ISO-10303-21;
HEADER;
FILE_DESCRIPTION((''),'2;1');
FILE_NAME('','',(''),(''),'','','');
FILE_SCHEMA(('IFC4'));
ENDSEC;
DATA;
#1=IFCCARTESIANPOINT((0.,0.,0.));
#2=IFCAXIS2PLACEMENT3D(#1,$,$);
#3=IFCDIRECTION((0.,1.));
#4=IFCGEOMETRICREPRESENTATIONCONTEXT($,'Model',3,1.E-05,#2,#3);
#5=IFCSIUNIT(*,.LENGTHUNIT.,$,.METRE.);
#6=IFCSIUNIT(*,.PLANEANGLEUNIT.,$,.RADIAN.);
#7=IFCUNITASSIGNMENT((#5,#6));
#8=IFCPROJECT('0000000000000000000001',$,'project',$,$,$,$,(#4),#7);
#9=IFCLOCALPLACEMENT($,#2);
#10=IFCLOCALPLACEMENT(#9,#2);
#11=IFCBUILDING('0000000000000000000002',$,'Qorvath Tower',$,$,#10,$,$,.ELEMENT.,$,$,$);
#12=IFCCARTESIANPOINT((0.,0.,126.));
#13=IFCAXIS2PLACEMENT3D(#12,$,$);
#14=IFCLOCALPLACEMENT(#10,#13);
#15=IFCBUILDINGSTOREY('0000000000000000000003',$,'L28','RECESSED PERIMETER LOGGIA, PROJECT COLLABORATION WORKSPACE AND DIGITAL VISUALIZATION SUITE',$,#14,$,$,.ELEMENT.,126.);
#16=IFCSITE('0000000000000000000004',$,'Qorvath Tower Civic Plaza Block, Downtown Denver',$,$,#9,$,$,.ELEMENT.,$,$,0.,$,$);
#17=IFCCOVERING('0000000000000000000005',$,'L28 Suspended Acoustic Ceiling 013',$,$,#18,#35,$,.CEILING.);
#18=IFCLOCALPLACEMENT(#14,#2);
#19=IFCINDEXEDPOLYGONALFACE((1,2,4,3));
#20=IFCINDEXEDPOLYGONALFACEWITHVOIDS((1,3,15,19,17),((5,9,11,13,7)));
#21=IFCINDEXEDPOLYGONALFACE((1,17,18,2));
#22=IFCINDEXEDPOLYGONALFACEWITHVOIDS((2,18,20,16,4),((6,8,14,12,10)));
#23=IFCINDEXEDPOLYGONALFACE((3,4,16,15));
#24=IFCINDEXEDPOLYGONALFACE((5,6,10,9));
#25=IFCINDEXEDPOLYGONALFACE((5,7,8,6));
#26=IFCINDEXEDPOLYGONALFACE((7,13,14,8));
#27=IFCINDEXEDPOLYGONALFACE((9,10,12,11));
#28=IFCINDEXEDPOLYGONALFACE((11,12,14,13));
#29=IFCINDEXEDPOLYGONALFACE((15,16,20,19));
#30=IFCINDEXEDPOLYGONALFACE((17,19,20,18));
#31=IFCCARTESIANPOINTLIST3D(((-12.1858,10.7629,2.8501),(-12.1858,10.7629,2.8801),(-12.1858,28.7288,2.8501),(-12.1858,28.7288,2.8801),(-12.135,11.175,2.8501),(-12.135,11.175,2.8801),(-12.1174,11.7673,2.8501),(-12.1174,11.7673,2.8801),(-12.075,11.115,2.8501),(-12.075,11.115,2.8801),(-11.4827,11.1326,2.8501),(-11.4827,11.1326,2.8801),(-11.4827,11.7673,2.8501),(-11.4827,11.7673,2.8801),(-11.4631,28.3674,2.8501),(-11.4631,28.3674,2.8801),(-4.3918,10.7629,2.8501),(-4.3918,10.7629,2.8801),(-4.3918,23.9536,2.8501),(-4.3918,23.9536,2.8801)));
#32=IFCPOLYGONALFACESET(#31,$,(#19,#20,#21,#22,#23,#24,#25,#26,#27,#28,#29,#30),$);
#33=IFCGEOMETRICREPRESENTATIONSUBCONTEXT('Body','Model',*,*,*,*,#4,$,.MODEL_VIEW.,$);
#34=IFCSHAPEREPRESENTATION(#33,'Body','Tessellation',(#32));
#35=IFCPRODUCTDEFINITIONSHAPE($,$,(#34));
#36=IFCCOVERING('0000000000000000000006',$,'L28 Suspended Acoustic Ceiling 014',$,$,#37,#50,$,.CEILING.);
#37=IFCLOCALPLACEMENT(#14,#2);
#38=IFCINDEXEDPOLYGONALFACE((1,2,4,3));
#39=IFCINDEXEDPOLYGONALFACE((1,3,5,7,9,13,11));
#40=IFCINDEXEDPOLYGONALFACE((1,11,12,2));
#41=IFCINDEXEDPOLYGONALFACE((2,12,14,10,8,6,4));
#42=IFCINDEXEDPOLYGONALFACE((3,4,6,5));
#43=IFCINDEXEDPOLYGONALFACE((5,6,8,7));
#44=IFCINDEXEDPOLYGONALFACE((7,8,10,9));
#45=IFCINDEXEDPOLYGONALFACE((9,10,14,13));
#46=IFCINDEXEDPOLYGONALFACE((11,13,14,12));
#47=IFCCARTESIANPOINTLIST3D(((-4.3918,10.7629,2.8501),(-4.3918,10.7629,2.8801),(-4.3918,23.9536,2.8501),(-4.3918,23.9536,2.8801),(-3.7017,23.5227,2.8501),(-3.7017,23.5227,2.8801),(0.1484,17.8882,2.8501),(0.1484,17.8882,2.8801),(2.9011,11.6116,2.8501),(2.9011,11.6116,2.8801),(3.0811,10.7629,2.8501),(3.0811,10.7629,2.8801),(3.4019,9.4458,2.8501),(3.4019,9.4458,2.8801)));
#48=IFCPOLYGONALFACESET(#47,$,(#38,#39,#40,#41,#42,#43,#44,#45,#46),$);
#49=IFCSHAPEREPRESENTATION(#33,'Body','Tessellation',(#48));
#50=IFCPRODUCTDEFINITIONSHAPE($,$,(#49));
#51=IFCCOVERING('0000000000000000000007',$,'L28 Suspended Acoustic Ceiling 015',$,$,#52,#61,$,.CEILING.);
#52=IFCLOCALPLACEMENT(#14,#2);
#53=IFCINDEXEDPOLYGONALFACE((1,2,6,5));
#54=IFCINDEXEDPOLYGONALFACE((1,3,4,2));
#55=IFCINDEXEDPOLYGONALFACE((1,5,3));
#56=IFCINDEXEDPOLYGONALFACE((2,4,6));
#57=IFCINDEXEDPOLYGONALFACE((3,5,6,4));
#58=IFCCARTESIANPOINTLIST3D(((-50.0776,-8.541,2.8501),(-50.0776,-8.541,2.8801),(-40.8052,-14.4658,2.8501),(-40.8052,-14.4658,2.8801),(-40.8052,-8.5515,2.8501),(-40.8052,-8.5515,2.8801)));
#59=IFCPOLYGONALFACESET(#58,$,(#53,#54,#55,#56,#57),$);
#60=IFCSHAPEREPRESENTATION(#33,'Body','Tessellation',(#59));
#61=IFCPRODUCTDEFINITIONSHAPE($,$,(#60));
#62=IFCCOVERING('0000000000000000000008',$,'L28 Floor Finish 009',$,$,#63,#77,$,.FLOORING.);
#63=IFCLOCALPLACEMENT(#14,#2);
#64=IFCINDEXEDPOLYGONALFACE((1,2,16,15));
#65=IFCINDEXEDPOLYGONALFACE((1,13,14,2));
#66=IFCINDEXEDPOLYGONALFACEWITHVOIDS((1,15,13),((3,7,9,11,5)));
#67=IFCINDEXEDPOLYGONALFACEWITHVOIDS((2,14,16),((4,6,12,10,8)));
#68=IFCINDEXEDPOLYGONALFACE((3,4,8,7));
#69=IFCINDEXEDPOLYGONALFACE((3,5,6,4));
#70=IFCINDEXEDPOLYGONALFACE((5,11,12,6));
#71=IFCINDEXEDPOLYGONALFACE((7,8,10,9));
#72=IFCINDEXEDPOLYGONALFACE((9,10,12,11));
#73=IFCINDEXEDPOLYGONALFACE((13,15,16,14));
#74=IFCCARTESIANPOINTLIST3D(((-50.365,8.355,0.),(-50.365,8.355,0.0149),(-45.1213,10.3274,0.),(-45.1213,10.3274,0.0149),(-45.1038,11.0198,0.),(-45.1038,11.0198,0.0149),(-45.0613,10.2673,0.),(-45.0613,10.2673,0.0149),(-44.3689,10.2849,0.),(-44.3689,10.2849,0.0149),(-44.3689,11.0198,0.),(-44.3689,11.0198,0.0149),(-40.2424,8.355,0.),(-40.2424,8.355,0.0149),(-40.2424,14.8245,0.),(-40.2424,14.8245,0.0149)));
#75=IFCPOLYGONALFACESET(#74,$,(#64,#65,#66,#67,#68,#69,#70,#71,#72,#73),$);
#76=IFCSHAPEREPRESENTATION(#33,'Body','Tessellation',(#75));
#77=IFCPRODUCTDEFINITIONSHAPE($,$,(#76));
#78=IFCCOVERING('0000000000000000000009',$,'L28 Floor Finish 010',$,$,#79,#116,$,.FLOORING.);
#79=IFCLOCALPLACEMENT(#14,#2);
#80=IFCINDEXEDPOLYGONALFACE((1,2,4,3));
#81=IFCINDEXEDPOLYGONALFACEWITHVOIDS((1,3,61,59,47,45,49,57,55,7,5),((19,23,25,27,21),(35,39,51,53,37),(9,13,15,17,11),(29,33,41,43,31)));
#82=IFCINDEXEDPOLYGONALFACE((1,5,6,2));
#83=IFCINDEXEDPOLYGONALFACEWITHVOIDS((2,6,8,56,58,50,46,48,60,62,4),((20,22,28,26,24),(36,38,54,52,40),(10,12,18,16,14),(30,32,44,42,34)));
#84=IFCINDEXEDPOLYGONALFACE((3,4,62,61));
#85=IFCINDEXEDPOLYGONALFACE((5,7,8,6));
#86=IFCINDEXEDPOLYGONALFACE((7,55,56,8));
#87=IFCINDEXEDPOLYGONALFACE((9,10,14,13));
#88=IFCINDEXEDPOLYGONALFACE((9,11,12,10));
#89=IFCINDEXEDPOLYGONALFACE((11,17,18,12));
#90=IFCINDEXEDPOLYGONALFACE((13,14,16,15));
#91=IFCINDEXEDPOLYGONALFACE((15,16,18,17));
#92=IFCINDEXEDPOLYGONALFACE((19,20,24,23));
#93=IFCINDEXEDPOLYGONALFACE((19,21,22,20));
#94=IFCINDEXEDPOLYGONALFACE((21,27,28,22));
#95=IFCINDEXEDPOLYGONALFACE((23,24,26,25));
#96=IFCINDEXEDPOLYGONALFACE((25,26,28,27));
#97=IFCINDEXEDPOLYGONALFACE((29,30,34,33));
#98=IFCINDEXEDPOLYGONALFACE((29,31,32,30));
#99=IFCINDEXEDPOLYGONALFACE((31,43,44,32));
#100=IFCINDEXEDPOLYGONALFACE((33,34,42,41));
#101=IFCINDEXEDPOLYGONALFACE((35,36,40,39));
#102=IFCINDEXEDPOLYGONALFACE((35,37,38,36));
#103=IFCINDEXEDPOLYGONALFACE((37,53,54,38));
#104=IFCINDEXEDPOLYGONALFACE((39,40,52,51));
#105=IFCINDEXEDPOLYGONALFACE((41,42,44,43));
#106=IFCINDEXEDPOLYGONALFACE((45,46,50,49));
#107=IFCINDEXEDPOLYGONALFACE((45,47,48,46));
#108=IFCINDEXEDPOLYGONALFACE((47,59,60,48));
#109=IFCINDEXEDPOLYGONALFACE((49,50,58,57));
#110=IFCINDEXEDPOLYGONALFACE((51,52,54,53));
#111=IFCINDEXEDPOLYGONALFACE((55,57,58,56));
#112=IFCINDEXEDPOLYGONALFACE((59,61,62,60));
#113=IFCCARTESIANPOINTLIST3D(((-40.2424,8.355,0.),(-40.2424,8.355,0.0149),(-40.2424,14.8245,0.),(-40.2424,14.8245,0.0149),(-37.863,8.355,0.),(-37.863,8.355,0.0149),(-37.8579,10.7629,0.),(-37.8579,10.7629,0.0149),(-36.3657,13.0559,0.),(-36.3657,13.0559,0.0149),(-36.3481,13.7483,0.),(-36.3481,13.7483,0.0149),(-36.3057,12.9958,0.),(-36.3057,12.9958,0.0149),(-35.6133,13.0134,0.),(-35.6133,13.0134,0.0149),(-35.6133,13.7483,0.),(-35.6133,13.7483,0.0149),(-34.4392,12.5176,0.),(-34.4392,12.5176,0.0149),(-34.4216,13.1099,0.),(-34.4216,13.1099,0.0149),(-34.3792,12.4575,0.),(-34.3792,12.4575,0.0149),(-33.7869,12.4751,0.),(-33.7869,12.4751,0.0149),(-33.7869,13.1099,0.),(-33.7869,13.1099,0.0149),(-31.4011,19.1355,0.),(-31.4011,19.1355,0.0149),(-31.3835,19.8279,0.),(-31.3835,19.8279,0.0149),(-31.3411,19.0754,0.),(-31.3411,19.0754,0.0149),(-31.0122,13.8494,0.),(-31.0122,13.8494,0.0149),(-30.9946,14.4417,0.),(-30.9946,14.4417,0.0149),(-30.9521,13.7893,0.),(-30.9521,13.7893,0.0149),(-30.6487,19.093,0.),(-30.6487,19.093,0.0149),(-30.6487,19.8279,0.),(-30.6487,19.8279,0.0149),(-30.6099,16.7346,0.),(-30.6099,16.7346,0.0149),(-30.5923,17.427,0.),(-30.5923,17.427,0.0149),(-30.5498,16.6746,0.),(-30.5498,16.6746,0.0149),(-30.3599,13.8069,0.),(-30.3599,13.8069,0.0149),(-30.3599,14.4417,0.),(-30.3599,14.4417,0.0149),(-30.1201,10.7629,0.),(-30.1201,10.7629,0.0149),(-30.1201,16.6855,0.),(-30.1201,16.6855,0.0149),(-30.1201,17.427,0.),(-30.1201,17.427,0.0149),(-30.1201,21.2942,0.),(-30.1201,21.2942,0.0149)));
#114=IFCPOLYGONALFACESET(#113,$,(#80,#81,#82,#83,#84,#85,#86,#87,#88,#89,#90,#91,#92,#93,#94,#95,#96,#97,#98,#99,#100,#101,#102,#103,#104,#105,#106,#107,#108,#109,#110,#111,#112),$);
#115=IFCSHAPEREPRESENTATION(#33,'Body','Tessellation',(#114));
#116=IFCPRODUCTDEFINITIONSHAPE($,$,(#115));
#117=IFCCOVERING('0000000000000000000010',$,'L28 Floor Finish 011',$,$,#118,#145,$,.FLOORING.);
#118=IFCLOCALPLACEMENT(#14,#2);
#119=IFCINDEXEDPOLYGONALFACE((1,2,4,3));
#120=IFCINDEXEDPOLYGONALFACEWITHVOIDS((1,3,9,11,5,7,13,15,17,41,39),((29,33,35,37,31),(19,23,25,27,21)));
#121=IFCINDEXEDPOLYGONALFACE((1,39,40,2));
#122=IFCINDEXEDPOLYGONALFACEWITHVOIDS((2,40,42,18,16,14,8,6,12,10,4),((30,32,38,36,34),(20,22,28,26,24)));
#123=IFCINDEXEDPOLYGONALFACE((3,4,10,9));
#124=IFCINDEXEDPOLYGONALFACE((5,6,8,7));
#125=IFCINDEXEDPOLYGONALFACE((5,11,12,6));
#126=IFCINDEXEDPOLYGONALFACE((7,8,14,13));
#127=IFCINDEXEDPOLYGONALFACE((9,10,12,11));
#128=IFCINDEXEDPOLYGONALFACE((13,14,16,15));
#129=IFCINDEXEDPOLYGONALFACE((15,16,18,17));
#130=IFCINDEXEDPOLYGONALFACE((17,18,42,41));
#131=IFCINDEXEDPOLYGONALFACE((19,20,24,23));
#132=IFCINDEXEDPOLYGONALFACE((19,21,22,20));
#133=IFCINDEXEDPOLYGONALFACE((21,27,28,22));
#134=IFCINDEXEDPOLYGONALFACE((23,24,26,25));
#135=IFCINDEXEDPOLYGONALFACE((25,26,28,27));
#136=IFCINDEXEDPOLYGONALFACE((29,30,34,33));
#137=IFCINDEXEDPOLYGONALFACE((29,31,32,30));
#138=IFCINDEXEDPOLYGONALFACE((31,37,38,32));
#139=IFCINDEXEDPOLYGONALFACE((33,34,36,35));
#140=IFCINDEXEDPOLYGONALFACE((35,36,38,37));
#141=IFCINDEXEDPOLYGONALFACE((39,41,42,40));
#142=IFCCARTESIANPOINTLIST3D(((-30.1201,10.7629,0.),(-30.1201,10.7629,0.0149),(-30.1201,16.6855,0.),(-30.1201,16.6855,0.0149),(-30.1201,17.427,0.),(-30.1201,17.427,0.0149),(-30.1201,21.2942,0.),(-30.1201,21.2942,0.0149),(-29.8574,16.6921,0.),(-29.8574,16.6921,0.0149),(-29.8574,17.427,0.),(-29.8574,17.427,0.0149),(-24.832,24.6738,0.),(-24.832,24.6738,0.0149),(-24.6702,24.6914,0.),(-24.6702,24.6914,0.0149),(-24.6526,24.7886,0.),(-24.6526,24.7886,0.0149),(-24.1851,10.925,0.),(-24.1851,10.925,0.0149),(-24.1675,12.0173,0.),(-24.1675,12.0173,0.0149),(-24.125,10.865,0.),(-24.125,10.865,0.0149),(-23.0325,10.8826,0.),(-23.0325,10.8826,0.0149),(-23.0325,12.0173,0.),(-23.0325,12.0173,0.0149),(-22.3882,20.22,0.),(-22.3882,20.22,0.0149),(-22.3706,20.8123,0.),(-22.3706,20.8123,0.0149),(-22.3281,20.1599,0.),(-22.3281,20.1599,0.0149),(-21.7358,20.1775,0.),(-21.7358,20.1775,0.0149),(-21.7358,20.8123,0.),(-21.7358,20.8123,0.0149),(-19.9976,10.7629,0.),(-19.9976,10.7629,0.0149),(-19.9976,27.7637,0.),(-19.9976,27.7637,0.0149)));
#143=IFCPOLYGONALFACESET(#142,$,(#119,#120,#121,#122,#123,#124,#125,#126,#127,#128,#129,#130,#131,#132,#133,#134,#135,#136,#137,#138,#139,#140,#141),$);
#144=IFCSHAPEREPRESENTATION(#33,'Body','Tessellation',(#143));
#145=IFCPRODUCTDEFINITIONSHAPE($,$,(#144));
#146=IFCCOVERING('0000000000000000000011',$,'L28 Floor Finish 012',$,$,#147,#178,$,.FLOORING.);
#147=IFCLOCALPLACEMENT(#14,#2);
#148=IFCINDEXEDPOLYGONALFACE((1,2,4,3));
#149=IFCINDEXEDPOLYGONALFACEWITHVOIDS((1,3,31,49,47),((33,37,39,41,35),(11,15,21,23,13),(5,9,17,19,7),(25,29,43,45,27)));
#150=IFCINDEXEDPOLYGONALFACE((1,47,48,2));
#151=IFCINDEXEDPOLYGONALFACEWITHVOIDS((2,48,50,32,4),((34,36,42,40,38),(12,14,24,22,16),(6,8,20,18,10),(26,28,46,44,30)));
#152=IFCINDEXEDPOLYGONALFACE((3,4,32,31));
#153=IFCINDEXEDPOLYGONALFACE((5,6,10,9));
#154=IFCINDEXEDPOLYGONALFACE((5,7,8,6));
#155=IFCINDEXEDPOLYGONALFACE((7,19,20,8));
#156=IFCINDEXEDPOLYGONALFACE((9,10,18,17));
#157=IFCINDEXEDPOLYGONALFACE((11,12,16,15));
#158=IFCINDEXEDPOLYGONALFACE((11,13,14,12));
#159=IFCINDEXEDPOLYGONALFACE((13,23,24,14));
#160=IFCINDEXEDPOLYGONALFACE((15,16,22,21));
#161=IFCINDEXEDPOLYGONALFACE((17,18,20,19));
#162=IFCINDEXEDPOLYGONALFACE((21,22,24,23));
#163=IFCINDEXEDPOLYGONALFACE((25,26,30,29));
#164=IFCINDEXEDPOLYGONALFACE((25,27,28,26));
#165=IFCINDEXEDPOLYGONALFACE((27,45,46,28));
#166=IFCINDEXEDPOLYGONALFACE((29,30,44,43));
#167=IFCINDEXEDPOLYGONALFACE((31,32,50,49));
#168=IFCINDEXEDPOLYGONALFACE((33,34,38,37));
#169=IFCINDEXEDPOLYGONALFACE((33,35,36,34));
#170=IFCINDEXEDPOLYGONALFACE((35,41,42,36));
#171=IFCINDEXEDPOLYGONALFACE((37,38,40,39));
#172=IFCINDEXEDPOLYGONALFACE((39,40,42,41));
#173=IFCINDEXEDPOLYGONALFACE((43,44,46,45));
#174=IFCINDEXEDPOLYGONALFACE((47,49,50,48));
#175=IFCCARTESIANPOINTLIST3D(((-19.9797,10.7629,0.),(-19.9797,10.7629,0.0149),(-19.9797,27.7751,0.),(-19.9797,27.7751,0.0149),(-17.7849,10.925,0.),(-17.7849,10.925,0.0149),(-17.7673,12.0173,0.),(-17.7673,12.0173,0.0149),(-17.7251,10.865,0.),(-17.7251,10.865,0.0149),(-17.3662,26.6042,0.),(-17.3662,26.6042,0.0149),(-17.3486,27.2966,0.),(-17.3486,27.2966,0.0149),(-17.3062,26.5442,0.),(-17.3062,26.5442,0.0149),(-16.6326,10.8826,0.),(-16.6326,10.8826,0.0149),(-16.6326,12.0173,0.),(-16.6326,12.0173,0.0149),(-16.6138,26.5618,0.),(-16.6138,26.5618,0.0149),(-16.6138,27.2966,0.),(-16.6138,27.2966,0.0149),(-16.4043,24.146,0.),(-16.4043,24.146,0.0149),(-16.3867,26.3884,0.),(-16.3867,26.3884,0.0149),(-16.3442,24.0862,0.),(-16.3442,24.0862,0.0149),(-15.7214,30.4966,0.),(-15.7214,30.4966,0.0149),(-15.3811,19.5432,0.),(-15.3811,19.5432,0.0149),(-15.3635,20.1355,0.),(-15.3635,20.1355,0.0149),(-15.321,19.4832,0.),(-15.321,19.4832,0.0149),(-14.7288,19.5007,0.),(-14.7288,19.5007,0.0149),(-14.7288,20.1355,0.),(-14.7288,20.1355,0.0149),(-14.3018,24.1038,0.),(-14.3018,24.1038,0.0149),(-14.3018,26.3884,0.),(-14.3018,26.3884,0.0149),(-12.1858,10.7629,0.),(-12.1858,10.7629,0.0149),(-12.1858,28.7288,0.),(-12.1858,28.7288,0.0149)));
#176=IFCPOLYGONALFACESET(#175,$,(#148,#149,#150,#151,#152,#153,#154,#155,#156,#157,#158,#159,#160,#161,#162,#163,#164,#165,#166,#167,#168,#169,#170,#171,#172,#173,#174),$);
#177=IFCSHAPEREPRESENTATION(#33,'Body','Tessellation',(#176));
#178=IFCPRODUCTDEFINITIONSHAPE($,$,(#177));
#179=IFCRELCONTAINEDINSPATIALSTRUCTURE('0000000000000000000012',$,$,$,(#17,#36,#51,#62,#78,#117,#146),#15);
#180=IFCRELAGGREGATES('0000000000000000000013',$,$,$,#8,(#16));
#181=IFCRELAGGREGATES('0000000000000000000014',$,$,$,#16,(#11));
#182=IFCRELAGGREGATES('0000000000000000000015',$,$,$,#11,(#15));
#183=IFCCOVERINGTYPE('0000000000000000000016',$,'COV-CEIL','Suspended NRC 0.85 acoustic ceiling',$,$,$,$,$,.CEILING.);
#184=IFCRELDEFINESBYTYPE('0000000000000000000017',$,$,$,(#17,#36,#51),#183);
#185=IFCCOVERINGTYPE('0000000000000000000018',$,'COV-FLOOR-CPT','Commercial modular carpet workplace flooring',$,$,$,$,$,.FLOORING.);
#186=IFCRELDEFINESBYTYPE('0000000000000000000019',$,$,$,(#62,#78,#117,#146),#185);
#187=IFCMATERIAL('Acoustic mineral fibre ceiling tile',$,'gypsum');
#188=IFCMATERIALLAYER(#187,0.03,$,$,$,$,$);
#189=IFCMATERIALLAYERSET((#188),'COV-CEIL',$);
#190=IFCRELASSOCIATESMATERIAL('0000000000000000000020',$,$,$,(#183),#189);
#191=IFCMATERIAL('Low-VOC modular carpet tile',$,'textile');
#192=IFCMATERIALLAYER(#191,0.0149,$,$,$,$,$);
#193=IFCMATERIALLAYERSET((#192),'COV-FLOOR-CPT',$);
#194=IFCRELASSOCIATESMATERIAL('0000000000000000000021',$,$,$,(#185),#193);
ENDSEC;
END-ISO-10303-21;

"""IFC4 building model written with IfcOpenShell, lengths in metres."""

from ifc_helpers import new_model, si_unit, direction, frame, origin, place, context, subcontext, project, spatial, polyline, outline, extrude, material, layer, layer_set, type_object, element, save


model = new_model("IFC4")

# Units and contexts
model_context = context("Model", 3, precision=1e-05, world=origin(), true_north=direction((0.0, 1.0)))
body_context = subcontext(model_context, "Body", "Model", "MODEL_VIEW")
ifc_project = project(units=[si_unit("LENGTHUNIT", "METRE"), si_unit("PLANEANGLEUNIT", "RADIAN")], contexts=[model_context])

# Site, building, storey
site_placement = place(None, origin())
site = spatial("IfcSite", under=ifc_project, at=site_placement, Name="Qorvath Tower Civic Plaza Block, Downtown Denver", CompositionType="ELEMENT", RefElevation=0.0)
building_placement = place(site_placement, origin())
building = spatial("IfcBuilding", under=site, at=building_placement, Name="Qorvath Tower", CompositionType="ELEMENT")
storey_placement = place(building_placement, frame((0.0, 0.0, 126.0)))
storey = spatial("IfcBuildingStorey", under=building, at=storey_placement, Name="L28", Description="RECESSED PERIMETER LOGGIA, PROJECT COLLABORATION WORKSPACE AND DIGITAL VISUALIZATION SUITE", CompositionType="ELEMENT", Elevation=126.0)

# Coverings
ifc_material_1 = material(Name="Acoustic mineral fibre ceiling tile", Category="gypsum")
ifc_layer_1 = layer(ifc_material_1, 0.03)
ifc_layer_set_1 = layer_set([ifc_layer_1], Name="COV-CEIL")
covering_type_1 = type_object("IfcCoveringType", Name="COV-CEIL", Description="Suspended NRC 0.85 acoustic ceiling", PredefinedType="CEILING", material=ifc_layer_set_1)
covering_1_placement = place(storey_placement, frame((0.0, 0.0, 2.8501)))
element("IfcCovering", 1, at=covering_1_placement, inside=storey, type_object=covering_type_1, Name="L28 Suspended Acoustic Ceiling 013", PredefinedType="CEILING", context=body_context, shape_type="SweptSolid", body=[
    extrude(outline(polyline([(-4.3918, 10.7629), (-4.3918, 23.9536), (-11.4631, 28.3674), (-12.1858, 28.7288), (-12.1858, 10.7629), (-4.3918, 10.7629)]), holes=[polyline([(-12.135, 11.175), (-12.1174, 11.7673), (-11.4827, 11.7673), (-11.4827, 11.1326), (-12.075, 11.115), (-12.135, 11.175)])]), origin(), (0.0, 0.0, 1.0), 0.03),
])
covering_2_placement = place(storey_placement, frame((0.0, 0.0, 2.8501)))
element("IfcCovering", 2, at=covering_2_placement, inside=storey, type_object=covering_type_1, Name="L28 Suspended Acoustic Ceiling 014", PredefinedType="CEILING", context=body_context, shape_type="SweptSolid", body=[
    extrude(outline(polyline([(0.1484, 17.8882), (-3.7017, 23.5227), (-4.3918, 23.9536), (-4.3918, 10.7629), (3.0811, 10.7629), (3.4019, 9.4458), (2.9011, 11.6116), (0.1484, 17.8882)])), origin(), (0.0, 0.0, 1.0), 0.03),
])
covering_3_placement = place(storey_placement, frame((0.0, 0.0, 2.8501)))
element("IfcCovering", 3, at=covering_3_placement, inside=storey, type_object=covering_type_1, Name="L28 Suspended Acoustic Ceiling 015", PredefinedType="CEILING", context=body_context, shape_type="SweptSolid", body=[
    extrude(outline(polyline([(-50.0776, -8.541), (-40.8052, -14.4658), (-40.8052, -8.5515), (-50.0776, -8.541)])), origin(), (0.0, 0.0, 1.0), 0.03),
])
ifc_material_2 = material(Name="Low-VOC modular carpet tile", Category="textile")
ifc_layer_2 = layer(ifc_material_2, 0.0149)
ifc_layer_set_2 = layer_set([ifc_layer_2], Name="COV-FLOOR-CPT")
covering_type_2 = type_object("IfcCoveringType", Name="COV-FLOOR-CPT", Description="Commercial modular carpet workplace flooring", PredefinedType="FLOORING", material=ifc_layer_set_2)
covering_4_placement = place(storey_placement, origin())
element("IfcCovering", 4, at=covering_4_placement, inside=storey, type_object=covering_type_2, Name="L28 Floor Finish 009", PredefinedType="FLOORING", context=body_context, shape_type="SweptSolid", body=[
    extrude(outline(polyline([(-40.2424, 8.355), (-40.2424, 14.8245), (-50.365, 8.355), (-40.2424, 8.355)]), holes=[polyline([(-45.1213, 10.3274), (-45.1038, 11.0198), (-44.3689, 11.0198), (-44.3689, 10.2849), (-45.0613, 10.2673), (-45.1213, 10.3274)])]), origin(), (0.0, 0.0, 1.0), 0.0149),
])
covering_5_placement = place(storey_placement, origin())
element("IfcCovering", 5, at=covering_5_placement, inside=storey, type_object=covering_type_2, Name="L28 Floor Finish 010", PredefinedType="FLOORING", context=body_context, shape_type="SweptSolid", body=[
    extrude(outline(polyline([(-30.1201, 10.7629), (-30.1201, 16.6855), (-30.5498, 16.6746), (-30.6099, 16.7346), (-30.5923, 17.427), (-30.1201, 17.427), (-30.1201, 21.2942), (-40.2424, 14.8245), (-40.2424, 8.355), (-37.863, 8.355), (-37.8579, 10.7629), (-30.1201, 10.7629)]), holes=[polyline([(-31.0122, 13.8494), (-30.9946, 14.4417), (-30.3599, 14.4417), (-30.3599, 13.8069), (-30.9521, 13.7893), (-31.0122, 13.8494)]), polyline([(-31.4011, 19.1355), (-31.3835, 19.8279), (-30.6487, 19.8279), (-30.6487, 19.093), (-31.3411, 19.0754), (-31.4011, 19.1355)]), polyline([(-34.4392, 12.5176), (-34.4216, 13.1099), (-33.7869, 13.1099), (-33.7869, 12.4751), (-34.3792, 12.4575), (-34.4392, 12.5176)]), polyline([(-36.3657, 13.0559), (-36.3481, 13.7483), (-35.6133, 13.7483), (-35.6133, 13.0134), (-36.3057, 12.9958), (-36.3657, 13.0559)])]), origin(), (0.0, 0.0, 1.0), 0.0149),
])
covering_6_placement = place(storey_placement, origin())
element("IfcCovering", 6, at=covering_6_placement, inside=storey, type_object=covering_type_2, Name="L28 Floor Finish 011", PredefinedType="FLOORING", context=body_context, shape_type="SweptSolid", body=[
    extrude(outline(polyline([(-19.9976, 10.7629), (-19.9976, 27.7637), (-24.6526, 24.7886), (-24.6702, 24.6914), (-24.832, 24.6738), (-30.1201, 21.2942), (-30.1201, 17.427), (-29.8574, 17.427), (-29.8574, 16.6921), (-30.1201, 16.6855), (-30.1201, 10.7629), (-19.9976, 10.7629)]), holes=[polyline([(-22.3882, 20.22), (-22.3706, 20.8123), (-21.7358, 20.8123), (-21.7358, 20.1775), (-22.3281, 20.1599), (-22.3882, 20.22)]), polyline([(-24.1851, 10.925), (-24.1675, 12.0173), (-23.0325, 12.0173), (-23.0325, 10.8826), (-24.125, 10.865), (-24.1851, 10.925)])]), origin(), (0.0, 0.0, 1.0), 0.0149),
])
covering_7_placement = place(storey_placement, origin())
element("IfcCovering", 7, at=covering_7_placement, inside=storey, type_object=covering_type_2, Name="L28 Floor Finish 012", PredefinedType="FLOORING", context=body_context, shape_type="SweptSolid", body=[
    extrude(outline(polyline([(-12.1858, 10.7629), (-12.1858, 28.7288), (-15.7214, 30.4966), (-19.9797, 27.7751), (-19.9797, 10.7629), (-12.1858, 10.7629)]), holes=[polyline([(-16.4043, 24.146), (-16.3867, 26.3884), (-14.3018, 26.3884), (-14.3018, 24.1038), (-16.3442, 24.0862), (-16.4043, 24.146)]), polyline([(-15.3811, 19.5432), (-15.3635, 20.1355), (-14.7288, 20.1355), (-14.7288, 19.5007), (-15.321, 19.4832), (-15.3811, 19.5432)]), polyline([(-17.3662, 26.6042), (-17.3486, 27.2966), (-16.6138, 27.2966), (-16.6138, 26.5618), (-17.3062, 26.5442), (-17.3662, 26.6042)]), polyline([(-17.7849, 10.925), (-17.7673, 12.0173), (-16.6326, 12.0173), (-16.6326, 10.8826), (-17.7251, 10.865), (-17.7849, 10.925)])]), origin(), (0.0, 0.0, 1.0), 0.0149),
])

save(model, "model.ifc")
